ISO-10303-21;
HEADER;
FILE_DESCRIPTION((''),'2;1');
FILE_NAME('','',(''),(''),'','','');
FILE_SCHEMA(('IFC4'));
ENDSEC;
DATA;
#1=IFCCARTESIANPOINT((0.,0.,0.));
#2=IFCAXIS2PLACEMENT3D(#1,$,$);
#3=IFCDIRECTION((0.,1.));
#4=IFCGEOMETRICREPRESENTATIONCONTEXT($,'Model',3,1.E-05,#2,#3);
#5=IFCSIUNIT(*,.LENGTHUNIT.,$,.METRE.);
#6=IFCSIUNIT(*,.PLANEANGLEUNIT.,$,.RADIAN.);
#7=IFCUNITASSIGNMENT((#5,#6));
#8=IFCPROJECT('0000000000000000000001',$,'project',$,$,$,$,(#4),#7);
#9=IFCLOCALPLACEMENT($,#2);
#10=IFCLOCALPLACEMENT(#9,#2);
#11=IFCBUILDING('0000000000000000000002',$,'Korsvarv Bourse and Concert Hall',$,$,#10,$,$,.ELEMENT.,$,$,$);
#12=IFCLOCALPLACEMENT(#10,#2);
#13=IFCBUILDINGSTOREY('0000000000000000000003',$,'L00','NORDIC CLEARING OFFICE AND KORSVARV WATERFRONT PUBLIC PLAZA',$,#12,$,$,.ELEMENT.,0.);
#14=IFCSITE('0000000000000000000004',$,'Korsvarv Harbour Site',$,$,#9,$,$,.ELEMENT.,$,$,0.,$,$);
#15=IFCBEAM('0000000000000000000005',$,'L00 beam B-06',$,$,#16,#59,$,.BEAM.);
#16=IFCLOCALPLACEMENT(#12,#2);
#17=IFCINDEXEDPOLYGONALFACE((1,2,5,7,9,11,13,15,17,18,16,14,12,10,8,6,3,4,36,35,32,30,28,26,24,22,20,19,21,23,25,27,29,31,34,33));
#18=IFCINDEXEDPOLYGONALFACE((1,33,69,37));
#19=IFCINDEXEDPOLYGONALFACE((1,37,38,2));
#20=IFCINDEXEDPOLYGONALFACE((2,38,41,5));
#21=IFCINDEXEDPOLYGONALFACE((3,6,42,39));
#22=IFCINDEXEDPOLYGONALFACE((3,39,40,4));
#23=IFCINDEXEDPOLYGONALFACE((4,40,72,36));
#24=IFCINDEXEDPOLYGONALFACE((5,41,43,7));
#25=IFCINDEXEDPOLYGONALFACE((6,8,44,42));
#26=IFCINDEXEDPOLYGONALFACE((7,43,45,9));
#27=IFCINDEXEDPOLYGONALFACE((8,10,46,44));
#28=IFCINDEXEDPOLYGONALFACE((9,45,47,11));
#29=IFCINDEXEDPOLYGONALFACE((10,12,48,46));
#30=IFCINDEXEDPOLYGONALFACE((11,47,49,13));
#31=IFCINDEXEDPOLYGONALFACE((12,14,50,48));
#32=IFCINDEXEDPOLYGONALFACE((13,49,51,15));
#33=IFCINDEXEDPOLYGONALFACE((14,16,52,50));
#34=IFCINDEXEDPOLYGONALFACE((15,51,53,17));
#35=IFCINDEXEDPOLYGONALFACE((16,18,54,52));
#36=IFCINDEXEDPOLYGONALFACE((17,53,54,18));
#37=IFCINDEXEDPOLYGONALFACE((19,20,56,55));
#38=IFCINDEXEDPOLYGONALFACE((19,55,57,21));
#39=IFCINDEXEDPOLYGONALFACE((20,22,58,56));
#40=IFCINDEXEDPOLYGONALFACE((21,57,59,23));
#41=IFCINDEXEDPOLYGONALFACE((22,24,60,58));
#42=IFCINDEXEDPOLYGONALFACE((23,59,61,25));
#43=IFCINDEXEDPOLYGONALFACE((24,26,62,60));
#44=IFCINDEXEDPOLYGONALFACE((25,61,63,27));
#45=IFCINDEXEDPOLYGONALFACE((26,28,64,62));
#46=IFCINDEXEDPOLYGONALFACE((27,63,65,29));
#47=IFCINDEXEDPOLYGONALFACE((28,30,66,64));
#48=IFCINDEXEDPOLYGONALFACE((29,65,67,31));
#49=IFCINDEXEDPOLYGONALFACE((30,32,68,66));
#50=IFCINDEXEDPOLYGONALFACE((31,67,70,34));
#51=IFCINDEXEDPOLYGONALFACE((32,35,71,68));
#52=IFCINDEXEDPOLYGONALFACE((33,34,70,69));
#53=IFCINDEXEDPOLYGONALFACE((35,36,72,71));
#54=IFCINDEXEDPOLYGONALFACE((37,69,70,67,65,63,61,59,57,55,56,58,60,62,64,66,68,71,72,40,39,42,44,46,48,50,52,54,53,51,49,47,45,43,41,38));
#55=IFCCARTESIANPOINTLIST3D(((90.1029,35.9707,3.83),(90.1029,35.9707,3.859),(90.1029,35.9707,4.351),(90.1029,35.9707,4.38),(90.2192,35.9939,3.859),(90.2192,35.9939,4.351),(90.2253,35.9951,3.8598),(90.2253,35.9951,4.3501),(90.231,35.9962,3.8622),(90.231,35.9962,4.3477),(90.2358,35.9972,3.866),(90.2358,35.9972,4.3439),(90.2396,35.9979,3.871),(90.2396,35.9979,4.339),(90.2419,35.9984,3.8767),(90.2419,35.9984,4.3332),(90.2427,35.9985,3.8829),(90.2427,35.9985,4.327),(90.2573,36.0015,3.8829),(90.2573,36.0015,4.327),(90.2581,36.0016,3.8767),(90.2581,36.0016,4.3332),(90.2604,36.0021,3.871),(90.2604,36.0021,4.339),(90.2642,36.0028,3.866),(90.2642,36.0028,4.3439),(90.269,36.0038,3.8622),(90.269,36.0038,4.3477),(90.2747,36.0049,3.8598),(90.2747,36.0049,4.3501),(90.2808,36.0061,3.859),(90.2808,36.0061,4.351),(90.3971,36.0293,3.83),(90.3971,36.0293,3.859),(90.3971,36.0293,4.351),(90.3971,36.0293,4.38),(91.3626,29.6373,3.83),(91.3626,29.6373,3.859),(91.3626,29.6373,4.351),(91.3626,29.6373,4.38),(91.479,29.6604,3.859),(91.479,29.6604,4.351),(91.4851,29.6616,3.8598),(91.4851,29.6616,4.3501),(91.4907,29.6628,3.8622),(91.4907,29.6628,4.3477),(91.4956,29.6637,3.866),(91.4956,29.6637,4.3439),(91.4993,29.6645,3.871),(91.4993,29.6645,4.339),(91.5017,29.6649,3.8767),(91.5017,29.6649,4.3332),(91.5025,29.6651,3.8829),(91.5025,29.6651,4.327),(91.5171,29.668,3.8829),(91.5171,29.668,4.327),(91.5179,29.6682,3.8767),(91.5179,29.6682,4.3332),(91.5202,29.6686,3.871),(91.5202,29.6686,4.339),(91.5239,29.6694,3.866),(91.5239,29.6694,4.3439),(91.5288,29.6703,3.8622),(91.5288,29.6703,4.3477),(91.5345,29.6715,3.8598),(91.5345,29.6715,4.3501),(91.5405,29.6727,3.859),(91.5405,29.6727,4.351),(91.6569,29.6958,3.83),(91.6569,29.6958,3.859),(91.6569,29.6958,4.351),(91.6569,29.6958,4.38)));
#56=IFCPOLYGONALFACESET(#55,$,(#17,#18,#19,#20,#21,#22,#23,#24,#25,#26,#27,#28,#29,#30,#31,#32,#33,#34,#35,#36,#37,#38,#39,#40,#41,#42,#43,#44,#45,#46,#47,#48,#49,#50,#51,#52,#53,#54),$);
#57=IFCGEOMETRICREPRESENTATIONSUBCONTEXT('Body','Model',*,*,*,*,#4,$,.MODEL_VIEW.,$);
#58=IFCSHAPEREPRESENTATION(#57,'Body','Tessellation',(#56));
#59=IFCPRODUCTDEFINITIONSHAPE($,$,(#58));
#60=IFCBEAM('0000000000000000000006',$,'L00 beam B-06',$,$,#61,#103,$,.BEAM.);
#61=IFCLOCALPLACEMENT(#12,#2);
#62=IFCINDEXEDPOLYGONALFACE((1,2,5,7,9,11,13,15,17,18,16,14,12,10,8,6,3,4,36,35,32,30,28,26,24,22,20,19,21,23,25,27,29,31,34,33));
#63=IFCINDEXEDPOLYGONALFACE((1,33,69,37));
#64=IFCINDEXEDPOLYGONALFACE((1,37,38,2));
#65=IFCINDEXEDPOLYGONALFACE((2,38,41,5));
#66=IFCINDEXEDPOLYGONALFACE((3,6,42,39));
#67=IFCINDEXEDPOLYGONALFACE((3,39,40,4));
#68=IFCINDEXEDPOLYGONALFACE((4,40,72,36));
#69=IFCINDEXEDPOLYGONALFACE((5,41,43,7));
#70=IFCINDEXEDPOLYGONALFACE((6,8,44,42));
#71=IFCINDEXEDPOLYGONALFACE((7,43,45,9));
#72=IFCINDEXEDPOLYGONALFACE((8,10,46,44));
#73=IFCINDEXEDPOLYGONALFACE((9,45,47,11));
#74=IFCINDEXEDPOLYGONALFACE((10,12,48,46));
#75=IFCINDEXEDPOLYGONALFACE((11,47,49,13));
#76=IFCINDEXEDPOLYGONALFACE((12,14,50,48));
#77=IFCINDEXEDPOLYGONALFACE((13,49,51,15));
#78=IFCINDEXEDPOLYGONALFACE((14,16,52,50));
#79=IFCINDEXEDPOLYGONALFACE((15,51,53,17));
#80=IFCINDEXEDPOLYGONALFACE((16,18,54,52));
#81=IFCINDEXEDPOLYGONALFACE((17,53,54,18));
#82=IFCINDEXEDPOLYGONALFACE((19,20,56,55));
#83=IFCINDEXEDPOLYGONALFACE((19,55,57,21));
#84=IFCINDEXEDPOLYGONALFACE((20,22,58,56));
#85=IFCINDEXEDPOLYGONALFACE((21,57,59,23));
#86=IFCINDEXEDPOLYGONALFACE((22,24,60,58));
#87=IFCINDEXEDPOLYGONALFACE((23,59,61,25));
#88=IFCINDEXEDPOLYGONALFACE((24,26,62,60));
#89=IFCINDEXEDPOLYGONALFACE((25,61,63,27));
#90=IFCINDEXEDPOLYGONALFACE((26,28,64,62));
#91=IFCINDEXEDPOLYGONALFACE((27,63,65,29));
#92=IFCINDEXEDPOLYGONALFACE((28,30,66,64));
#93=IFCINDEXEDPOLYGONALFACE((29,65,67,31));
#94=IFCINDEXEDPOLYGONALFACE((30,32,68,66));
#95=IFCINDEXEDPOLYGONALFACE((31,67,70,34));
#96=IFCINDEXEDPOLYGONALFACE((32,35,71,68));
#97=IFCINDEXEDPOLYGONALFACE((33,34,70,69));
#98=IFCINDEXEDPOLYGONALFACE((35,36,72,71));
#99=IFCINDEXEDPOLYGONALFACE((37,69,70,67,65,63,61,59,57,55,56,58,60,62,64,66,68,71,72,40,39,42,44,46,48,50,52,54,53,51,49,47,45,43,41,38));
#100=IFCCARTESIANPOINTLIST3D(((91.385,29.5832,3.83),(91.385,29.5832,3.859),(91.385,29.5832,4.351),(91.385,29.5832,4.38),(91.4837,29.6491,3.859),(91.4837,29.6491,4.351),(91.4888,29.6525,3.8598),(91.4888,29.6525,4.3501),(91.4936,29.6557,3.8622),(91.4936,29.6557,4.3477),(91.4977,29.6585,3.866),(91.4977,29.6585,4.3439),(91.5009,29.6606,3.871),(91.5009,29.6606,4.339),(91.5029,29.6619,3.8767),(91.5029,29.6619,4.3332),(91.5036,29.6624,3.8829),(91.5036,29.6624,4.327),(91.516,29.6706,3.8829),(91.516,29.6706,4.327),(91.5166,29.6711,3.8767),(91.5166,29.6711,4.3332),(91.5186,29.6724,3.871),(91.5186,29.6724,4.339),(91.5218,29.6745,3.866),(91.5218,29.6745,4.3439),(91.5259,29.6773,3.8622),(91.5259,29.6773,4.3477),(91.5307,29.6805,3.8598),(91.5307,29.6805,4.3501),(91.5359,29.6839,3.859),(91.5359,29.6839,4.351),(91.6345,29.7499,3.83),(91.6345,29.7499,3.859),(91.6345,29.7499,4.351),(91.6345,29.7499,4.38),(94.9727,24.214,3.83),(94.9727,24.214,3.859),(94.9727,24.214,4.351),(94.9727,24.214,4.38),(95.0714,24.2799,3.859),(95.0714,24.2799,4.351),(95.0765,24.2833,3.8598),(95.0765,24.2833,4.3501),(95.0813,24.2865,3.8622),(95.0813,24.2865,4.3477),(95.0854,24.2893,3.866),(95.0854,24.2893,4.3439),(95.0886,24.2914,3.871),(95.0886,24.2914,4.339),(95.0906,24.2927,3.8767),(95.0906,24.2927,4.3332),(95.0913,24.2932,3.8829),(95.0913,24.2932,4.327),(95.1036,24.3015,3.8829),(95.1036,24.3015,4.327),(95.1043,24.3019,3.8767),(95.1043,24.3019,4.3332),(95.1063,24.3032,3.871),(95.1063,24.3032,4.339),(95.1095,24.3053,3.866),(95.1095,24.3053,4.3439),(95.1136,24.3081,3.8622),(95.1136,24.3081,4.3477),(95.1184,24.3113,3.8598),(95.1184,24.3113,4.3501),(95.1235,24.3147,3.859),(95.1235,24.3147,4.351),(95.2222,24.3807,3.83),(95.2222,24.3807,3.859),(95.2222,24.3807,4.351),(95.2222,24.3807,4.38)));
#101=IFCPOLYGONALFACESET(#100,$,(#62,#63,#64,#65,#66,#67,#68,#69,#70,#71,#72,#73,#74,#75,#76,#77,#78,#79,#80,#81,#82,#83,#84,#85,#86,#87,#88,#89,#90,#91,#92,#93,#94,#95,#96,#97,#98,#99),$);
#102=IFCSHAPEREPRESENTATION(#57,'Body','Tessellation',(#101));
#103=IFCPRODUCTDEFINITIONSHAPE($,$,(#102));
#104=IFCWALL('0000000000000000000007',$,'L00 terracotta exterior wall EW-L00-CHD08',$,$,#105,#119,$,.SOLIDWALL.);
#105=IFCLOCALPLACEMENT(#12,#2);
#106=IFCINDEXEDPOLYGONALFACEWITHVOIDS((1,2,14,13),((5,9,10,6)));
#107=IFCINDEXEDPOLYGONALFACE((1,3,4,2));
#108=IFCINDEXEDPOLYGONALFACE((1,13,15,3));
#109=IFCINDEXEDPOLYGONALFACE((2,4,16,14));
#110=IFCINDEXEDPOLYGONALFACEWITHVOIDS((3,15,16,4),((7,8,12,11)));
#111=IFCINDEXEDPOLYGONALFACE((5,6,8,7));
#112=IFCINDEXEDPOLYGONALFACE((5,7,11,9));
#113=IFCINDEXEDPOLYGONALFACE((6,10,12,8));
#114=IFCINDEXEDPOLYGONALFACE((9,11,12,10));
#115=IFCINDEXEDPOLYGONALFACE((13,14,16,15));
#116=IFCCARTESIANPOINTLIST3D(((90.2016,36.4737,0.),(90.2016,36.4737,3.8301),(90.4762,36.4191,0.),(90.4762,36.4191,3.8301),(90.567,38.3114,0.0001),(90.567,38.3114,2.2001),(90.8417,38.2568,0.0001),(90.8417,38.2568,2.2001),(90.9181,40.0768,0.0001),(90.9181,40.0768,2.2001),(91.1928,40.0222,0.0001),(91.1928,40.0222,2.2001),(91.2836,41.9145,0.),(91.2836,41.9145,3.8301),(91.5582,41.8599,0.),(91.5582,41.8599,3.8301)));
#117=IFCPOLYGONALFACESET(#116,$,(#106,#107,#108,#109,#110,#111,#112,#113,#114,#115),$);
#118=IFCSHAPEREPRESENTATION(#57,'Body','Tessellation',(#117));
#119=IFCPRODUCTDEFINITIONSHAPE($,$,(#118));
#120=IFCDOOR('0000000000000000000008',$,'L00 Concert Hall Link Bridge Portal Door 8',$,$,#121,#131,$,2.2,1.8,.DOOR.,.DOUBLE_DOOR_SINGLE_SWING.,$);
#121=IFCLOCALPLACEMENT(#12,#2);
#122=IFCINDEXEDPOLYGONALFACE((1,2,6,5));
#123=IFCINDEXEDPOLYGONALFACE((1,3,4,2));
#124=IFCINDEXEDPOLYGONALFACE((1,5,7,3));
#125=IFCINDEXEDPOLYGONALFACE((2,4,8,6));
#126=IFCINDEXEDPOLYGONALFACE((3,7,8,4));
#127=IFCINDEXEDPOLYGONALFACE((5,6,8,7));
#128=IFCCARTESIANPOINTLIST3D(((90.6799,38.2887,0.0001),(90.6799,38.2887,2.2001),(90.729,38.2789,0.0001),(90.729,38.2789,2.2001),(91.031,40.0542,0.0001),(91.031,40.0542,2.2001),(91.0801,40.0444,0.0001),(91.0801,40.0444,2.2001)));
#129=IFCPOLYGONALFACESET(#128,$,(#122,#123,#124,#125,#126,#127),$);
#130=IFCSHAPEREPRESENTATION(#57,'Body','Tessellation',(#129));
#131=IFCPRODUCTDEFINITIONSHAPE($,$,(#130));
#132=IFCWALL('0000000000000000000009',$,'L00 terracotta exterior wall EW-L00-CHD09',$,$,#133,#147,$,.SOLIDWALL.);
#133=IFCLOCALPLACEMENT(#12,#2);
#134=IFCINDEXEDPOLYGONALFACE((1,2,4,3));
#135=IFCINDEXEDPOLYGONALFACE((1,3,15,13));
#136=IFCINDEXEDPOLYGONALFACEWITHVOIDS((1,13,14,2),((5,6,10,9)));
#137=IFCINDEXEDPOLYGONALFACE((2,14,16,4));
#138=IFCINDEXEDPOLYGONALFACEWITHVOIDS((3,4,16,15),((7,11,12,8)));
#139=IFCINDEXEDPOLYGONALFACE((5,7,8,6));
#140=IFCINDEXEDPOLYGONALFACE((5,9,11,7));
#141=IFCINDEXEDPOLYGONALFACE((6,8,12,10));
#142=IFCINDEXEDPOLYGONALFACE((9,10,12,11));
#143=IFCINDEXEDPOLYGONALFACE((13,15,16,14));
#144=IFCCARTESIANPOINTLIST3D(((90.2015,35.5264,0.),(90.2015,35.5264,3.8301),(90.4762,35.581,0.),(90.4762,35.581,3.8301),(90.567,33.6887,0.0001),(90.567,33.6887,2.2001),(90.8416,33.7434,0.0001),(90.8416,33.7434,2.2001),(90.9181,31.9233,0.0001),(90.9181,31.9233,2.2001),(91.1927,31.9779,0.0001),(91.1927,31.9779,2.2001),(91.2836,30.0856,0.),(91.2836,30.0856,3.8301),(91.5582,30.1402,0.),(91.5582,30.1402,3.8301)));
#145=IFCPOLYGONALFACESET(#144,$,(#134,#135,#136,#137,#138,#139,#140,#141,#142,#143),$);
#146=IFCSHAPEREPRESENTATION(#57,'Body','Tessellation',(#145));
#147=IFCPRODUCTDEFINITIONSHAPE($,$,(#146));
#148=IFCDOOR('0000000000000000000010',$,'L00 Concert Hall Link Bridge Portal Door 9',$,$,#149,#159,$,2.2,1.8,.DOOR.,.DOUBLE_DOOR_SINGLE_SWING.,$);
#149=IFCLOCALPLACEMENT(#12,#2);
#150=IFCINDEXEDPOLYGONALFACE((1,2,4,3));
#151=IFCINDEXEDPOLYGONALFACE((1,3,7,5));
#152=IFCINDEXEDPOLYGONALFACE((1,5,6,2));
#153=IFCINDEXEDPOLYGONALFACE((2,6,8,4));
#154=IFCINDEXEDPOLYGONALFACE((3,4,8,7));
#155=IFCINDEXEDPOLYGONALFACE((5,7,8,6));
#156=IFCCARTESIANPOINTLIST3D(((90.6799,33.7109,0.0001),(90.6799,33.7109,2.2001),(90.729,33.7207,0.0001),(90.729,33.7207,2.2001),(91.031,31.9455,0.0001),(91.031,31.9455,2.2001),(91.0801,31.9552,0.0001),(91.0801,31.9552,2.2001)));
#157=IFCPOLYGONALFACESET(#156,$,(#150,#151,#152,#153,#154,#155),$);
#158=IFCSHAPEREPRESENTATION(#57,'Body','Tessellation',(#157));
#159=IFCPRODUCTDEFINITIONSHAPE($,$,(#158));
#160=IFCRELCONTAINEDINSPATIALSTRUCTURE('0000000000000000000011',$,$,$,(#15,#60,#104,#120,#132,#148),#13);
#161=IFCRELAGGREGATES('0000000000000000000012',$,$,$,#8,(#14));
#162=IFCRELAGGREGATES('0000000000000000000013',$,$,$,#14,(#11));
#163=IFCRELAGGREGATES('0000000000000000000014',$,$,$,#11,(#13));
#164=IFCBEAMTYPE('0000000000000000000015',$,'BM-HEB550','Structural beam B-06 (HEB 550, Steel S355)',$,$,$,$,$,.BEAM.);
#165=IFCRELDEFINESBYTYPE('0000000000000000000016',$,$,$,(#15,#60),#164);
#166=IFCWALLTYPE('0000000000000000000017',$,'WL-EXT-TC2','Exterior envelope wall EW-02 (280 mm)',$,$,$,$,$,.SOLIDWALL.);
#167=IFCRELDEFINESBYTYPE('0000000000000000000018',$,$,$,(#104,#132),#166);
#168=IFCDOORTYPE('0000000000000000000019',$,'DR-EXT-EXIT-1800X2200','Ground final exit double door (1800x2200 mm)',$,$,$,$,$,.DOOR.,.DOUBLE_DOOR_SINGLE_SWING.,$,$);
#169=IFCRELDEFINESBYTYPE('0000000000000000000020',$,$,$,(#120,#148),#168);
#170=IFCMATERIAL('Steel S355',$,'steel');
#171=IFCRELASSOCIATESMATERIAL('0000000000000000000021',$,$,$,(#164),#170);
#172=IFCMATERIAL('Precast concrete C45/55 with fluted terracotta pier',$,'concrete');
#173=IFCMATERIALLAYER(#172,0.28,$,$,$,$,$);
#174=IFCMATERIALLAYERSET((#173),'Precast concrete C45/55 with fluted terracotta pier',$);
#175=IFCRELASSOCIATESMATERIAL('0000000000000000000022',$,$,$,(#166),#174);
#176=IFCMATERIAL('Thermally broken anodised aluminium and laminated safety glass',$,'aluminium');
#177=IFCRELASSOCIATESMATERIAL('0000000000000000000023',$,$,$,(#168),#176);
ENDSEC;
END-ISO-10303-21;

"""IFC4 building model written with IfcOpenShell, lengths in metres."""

from ifc_helpers import new_model, si_unit, direction, frame, frame_2d, origin, origin_2d, place, context, subcontext, project, spatial, rectangle, i_section, extrude, source, transform, mapped, material, layer, layer_set, material_profile, profile_set, type_object, element, fill, save


model = new_model("IFC4")

# Units and contexts
model_context = context("Model", 3, precision=1e-05, world=origin(), true_north=direction((0.0, 1.0)))
body_context = subcontext(model_context, "Body", "Model", "MODEL_VIEW")
ifc_project = project(units=[si_unit("LENGTHUNIT", "METRE"), si_unit("PLANEANGLEUNIT", "RADIAN")], contexts=[model_context])

# Site, building, storey
site_placement = place(None, origin())
site = spatial("IfcSite", under=ifc_project, at=site_placement, Name="Korsvarv Harbour Site", CompositionType="ELEMENT", RefElevation=0.0)
building_placement = place(site_placement, origin())
building = spatial("IfcBuilding", under=site, at=building_placement, Name="Korsvarv Bourse and Concert Hall", CompositionType="ELEMENT")
storey_placement = place(building_placement, origin())
storey = spatial("IfcBuildingStorey", under=building, at=storey_placement, Name="L00", Description="NORDIC CLEARING OFFICE AND KORSVARV WATERFRONT PUBLIC PLAZA", CompositionType="ELEMENT", Elevation=0.0)

# Beams
ifc_material_1 = material(Name="Steel S355", Category="steel")
ifc_material_profile_1 = material_profile(ifc_material_1, i_section(OverallWidth=0.3, OverallDepth=0.55, WebThickness=0.0149, FlangeThickness=0.0291, FilletRadius=0.0239, at=origin_2d()), Name="HEB 550")
ifc_profile_set_1 = profile_set([ifc_material_profile_1], Name="Steel S355")
beam_type_1 = type_object("IfcBeamType", Name="BM-HEB550", Description="Structural beam B-06 (HEB 550, Steel S355)", PredefinedType="BEAM", material=ifc_profile_set_1)
shared_shape_1 = source(origin(), body_context, "Body", "SweptSolid", [
    extrude(i_section(OverallWidth=0.3, OverallDepth=0.55, WebThickness=0.0149, FlangeThickness=0.0291, FilletRadius=0.0239, at=origin_2d()), origin(), (0.0, 0.0, 1.0), 6.4575),
])
for number, where, z_axis, x_axis, name in (
    (1, (90.25, 36.0, 4.105), (0.195084, -0.980787, 0.0), (0.980787, 0.195084, 0.0), "L00 beam B-06"),
    (2, (91.5098, 29.6665, 4.105), (0.555581, -0.831462, 0.0), (0.831462, 0.555581, 0.0), "L00 beam B-06"),
):
    element("IfcBeam", number, at=place(storey_placement, frame(where, z_axis=z_axis, x_axis=x_axis)), inside=storey, type_object=beam_type_1, Name=name, PredefinedType="BEAM", context=body_context, shape_type="MappedRepresentation", body=[
        mapped(shared_shape_1, transform((0.0, 0.0, 0.0), scale=1.0)),
    ])

# Walls, openings, doors
ifc_material_2 = material(Name="Precast concrete C45/55 with fluted terracotta pier", Category="concrete")
ifc_layer_1 = layer(ifc_material_2, 0.28)
ifc_layer_set_1 = layer_set([ifc_layer_1], Name="Precast concrete C45/55 with fluted terracotta pier")
wall_type_1 = type_object("IfcWallType", Name="WL-EXT-TC2", Description="Exterior envelope wall EW-02 (280 mm)", PredefinedType="SOLIDWALL", material=ifc_layer_set_1)
wall_1_placement = place(storey_placement, frame((91.4209, 41.8872, 0.0), z_axis=(0.0, 0.0, 1.0), x_axis=(-0.19505, -0.980793, 0.0)))
wall_1 = element("IfcWall", 3, at=wall_1_placement, inside=storey, type_object=wall_type_1, Name="L00 terracotta exterior wall EW-L00-CHD08", PredefinedType="SOLIDWALL", context=body_context, shape_type="SweptSolid", body=[
    extrude(rectangle(XDim=5.5474, YDim=0.28, at=frame_2d((2.7737, 0.0))), origin(), (0.0, 0.0, 1.0), 3.8301),
])
opening_1_placement = place(wall_1_placement, frame((1.8738, 0.0, 0.0)))
opening_1 = element("IfcOpeningElement", 4, at=opening_1_placement, cuts=wall_1, PredefinedType="OPENING", context=body_context, shape_type="SweptSolid", body=[
    extrude(rectangle(XDim=1.8, YDim=2.2, at=frame_2d((0.8999, 1.1001))), frame((0.0, 0.1499, 0.0), z_axis=(0.0, -1.0, 0.0), x_axis=(1.0, 0.0, 0.0)), (0.0, 0.0, 1.0), 0.3),
])
ifc_material_3 = material(Name="Thermally broken anodised aluminium and laminated safety glass", Category="aluminium")
door_type_1 = type_object("IfcDoorType", Name="DR-EXT-EXIT-1800X2200", Description="Ground final exit double door (1800x2200 mm)", OperationType="DOUBLE_DOOR_SINGLE_SWING", PredefinedType="DOOR", material=ifc_material_3)
door_1_placement = place(opening_1_placement, frame((1.8, 0.0, 0.0), z_axis=(0.0, 0.0, 1.0), x_axis=(-1.0, 0.0, 0.0)))
door_1 = element("IfcDoor", 5, at=door_1_placement, inside=storey, type_object=door_type_1, Name="L00 Concert Hall Link Bridge Portal Door 8", OperationType="DOUBLE_DOOR_SINGLE_SWING", OverallHeight=2.2, OverallWidth=1.8, PredefinedType="DOOR", context=body_context, shape_type="SweptSolid", body=[
    extrude(rectangle(XDim=1.8, YDim=2.2, at=frame_2d((0.8999, 1.1001))), frame((0.0, 0.0249, 0.0), z_axis=(0.0, -1.0, 0.0), x_axis=(1.0, 0.0, 0.0)), (0.0, 0.0, 1.0), 0.05),
])
fill(opening_1, door_1)
wall_2_placement = place(storey_placement, frame((90.3389, 35.5537, 0.0), z_axis=(0.0, 0.0, 1.0), x_axis=(0.19505, -0.980793, 0.0)))
wall_2 = element("IfcWall", 6, at=wall_2_placement, inside=storey, type_object=wall_type_1, Name="L00 terracotta exterior wall EW-L00-CHD09", PredefinedType="SOLIDWALL", context=body_context, shape_type="SweptSolid", body=[
    extrude(rectangle(XDim=5.5474, YDim=0.28, at=frame_2d((2.7737, 0.0))), origin(), (0.0, 0.0, 1.0), 3.8301),
])
opening_2_placement = place(wall_2_placement, frame((1.8738, 0.0, 0.0)))
opening_2 = element("IfcOpeningElement", 7, at=opening_2_placement, cuts=wall_2, PredefinedType="OPENING", context=body_context, shape_type="SweptSolid", body=[
    extrude(rectangle(XDim=1.8, YDim=2.2, at=frame_2d((0.8999, 1.1001))), frame((0.0, 0.1499, 0.0), z_axis=(0.0, -1.0, 0.0), x_axis=(1.0, 0.0, 0.0)), (0.0, 0.0, 1.0), 0.3),
])
door_2_placement = place(opening_2_placement, frame((1.8, 0.0, 0.0), z_axis=(0.0, 0.0, 1.0), x_axis=(-1.0, 0.0, 0.0)))
door_2 = element("IfcDoor", 8, at=door_2_placement, inside=storey, type_object=door_type_1, Name="L00 Concert Hall Link Bridge Portal Door 9", OperationType="DOUBLE_DOOR_SINGLE_SWING", OverallHeight=2.2, OverallWidth=1.8, PredefinedType="DOOR", context=body_context, shape_type="SweptSolid", body=[
    extrude(rectangle(XDim=1.8, YDim=2.2, at=frame_2d((0.8999, 1.1001))), frame((0.0, 0.0249, 0.0), z_axis=(0.0, -1.0, 0.0), x_axis=(1.0, 0.0, 0.0)), (0.0, 0.0, 1.0), 0.05),
])
fill(opening_2, door_2)

save(model, "model.ifc")
